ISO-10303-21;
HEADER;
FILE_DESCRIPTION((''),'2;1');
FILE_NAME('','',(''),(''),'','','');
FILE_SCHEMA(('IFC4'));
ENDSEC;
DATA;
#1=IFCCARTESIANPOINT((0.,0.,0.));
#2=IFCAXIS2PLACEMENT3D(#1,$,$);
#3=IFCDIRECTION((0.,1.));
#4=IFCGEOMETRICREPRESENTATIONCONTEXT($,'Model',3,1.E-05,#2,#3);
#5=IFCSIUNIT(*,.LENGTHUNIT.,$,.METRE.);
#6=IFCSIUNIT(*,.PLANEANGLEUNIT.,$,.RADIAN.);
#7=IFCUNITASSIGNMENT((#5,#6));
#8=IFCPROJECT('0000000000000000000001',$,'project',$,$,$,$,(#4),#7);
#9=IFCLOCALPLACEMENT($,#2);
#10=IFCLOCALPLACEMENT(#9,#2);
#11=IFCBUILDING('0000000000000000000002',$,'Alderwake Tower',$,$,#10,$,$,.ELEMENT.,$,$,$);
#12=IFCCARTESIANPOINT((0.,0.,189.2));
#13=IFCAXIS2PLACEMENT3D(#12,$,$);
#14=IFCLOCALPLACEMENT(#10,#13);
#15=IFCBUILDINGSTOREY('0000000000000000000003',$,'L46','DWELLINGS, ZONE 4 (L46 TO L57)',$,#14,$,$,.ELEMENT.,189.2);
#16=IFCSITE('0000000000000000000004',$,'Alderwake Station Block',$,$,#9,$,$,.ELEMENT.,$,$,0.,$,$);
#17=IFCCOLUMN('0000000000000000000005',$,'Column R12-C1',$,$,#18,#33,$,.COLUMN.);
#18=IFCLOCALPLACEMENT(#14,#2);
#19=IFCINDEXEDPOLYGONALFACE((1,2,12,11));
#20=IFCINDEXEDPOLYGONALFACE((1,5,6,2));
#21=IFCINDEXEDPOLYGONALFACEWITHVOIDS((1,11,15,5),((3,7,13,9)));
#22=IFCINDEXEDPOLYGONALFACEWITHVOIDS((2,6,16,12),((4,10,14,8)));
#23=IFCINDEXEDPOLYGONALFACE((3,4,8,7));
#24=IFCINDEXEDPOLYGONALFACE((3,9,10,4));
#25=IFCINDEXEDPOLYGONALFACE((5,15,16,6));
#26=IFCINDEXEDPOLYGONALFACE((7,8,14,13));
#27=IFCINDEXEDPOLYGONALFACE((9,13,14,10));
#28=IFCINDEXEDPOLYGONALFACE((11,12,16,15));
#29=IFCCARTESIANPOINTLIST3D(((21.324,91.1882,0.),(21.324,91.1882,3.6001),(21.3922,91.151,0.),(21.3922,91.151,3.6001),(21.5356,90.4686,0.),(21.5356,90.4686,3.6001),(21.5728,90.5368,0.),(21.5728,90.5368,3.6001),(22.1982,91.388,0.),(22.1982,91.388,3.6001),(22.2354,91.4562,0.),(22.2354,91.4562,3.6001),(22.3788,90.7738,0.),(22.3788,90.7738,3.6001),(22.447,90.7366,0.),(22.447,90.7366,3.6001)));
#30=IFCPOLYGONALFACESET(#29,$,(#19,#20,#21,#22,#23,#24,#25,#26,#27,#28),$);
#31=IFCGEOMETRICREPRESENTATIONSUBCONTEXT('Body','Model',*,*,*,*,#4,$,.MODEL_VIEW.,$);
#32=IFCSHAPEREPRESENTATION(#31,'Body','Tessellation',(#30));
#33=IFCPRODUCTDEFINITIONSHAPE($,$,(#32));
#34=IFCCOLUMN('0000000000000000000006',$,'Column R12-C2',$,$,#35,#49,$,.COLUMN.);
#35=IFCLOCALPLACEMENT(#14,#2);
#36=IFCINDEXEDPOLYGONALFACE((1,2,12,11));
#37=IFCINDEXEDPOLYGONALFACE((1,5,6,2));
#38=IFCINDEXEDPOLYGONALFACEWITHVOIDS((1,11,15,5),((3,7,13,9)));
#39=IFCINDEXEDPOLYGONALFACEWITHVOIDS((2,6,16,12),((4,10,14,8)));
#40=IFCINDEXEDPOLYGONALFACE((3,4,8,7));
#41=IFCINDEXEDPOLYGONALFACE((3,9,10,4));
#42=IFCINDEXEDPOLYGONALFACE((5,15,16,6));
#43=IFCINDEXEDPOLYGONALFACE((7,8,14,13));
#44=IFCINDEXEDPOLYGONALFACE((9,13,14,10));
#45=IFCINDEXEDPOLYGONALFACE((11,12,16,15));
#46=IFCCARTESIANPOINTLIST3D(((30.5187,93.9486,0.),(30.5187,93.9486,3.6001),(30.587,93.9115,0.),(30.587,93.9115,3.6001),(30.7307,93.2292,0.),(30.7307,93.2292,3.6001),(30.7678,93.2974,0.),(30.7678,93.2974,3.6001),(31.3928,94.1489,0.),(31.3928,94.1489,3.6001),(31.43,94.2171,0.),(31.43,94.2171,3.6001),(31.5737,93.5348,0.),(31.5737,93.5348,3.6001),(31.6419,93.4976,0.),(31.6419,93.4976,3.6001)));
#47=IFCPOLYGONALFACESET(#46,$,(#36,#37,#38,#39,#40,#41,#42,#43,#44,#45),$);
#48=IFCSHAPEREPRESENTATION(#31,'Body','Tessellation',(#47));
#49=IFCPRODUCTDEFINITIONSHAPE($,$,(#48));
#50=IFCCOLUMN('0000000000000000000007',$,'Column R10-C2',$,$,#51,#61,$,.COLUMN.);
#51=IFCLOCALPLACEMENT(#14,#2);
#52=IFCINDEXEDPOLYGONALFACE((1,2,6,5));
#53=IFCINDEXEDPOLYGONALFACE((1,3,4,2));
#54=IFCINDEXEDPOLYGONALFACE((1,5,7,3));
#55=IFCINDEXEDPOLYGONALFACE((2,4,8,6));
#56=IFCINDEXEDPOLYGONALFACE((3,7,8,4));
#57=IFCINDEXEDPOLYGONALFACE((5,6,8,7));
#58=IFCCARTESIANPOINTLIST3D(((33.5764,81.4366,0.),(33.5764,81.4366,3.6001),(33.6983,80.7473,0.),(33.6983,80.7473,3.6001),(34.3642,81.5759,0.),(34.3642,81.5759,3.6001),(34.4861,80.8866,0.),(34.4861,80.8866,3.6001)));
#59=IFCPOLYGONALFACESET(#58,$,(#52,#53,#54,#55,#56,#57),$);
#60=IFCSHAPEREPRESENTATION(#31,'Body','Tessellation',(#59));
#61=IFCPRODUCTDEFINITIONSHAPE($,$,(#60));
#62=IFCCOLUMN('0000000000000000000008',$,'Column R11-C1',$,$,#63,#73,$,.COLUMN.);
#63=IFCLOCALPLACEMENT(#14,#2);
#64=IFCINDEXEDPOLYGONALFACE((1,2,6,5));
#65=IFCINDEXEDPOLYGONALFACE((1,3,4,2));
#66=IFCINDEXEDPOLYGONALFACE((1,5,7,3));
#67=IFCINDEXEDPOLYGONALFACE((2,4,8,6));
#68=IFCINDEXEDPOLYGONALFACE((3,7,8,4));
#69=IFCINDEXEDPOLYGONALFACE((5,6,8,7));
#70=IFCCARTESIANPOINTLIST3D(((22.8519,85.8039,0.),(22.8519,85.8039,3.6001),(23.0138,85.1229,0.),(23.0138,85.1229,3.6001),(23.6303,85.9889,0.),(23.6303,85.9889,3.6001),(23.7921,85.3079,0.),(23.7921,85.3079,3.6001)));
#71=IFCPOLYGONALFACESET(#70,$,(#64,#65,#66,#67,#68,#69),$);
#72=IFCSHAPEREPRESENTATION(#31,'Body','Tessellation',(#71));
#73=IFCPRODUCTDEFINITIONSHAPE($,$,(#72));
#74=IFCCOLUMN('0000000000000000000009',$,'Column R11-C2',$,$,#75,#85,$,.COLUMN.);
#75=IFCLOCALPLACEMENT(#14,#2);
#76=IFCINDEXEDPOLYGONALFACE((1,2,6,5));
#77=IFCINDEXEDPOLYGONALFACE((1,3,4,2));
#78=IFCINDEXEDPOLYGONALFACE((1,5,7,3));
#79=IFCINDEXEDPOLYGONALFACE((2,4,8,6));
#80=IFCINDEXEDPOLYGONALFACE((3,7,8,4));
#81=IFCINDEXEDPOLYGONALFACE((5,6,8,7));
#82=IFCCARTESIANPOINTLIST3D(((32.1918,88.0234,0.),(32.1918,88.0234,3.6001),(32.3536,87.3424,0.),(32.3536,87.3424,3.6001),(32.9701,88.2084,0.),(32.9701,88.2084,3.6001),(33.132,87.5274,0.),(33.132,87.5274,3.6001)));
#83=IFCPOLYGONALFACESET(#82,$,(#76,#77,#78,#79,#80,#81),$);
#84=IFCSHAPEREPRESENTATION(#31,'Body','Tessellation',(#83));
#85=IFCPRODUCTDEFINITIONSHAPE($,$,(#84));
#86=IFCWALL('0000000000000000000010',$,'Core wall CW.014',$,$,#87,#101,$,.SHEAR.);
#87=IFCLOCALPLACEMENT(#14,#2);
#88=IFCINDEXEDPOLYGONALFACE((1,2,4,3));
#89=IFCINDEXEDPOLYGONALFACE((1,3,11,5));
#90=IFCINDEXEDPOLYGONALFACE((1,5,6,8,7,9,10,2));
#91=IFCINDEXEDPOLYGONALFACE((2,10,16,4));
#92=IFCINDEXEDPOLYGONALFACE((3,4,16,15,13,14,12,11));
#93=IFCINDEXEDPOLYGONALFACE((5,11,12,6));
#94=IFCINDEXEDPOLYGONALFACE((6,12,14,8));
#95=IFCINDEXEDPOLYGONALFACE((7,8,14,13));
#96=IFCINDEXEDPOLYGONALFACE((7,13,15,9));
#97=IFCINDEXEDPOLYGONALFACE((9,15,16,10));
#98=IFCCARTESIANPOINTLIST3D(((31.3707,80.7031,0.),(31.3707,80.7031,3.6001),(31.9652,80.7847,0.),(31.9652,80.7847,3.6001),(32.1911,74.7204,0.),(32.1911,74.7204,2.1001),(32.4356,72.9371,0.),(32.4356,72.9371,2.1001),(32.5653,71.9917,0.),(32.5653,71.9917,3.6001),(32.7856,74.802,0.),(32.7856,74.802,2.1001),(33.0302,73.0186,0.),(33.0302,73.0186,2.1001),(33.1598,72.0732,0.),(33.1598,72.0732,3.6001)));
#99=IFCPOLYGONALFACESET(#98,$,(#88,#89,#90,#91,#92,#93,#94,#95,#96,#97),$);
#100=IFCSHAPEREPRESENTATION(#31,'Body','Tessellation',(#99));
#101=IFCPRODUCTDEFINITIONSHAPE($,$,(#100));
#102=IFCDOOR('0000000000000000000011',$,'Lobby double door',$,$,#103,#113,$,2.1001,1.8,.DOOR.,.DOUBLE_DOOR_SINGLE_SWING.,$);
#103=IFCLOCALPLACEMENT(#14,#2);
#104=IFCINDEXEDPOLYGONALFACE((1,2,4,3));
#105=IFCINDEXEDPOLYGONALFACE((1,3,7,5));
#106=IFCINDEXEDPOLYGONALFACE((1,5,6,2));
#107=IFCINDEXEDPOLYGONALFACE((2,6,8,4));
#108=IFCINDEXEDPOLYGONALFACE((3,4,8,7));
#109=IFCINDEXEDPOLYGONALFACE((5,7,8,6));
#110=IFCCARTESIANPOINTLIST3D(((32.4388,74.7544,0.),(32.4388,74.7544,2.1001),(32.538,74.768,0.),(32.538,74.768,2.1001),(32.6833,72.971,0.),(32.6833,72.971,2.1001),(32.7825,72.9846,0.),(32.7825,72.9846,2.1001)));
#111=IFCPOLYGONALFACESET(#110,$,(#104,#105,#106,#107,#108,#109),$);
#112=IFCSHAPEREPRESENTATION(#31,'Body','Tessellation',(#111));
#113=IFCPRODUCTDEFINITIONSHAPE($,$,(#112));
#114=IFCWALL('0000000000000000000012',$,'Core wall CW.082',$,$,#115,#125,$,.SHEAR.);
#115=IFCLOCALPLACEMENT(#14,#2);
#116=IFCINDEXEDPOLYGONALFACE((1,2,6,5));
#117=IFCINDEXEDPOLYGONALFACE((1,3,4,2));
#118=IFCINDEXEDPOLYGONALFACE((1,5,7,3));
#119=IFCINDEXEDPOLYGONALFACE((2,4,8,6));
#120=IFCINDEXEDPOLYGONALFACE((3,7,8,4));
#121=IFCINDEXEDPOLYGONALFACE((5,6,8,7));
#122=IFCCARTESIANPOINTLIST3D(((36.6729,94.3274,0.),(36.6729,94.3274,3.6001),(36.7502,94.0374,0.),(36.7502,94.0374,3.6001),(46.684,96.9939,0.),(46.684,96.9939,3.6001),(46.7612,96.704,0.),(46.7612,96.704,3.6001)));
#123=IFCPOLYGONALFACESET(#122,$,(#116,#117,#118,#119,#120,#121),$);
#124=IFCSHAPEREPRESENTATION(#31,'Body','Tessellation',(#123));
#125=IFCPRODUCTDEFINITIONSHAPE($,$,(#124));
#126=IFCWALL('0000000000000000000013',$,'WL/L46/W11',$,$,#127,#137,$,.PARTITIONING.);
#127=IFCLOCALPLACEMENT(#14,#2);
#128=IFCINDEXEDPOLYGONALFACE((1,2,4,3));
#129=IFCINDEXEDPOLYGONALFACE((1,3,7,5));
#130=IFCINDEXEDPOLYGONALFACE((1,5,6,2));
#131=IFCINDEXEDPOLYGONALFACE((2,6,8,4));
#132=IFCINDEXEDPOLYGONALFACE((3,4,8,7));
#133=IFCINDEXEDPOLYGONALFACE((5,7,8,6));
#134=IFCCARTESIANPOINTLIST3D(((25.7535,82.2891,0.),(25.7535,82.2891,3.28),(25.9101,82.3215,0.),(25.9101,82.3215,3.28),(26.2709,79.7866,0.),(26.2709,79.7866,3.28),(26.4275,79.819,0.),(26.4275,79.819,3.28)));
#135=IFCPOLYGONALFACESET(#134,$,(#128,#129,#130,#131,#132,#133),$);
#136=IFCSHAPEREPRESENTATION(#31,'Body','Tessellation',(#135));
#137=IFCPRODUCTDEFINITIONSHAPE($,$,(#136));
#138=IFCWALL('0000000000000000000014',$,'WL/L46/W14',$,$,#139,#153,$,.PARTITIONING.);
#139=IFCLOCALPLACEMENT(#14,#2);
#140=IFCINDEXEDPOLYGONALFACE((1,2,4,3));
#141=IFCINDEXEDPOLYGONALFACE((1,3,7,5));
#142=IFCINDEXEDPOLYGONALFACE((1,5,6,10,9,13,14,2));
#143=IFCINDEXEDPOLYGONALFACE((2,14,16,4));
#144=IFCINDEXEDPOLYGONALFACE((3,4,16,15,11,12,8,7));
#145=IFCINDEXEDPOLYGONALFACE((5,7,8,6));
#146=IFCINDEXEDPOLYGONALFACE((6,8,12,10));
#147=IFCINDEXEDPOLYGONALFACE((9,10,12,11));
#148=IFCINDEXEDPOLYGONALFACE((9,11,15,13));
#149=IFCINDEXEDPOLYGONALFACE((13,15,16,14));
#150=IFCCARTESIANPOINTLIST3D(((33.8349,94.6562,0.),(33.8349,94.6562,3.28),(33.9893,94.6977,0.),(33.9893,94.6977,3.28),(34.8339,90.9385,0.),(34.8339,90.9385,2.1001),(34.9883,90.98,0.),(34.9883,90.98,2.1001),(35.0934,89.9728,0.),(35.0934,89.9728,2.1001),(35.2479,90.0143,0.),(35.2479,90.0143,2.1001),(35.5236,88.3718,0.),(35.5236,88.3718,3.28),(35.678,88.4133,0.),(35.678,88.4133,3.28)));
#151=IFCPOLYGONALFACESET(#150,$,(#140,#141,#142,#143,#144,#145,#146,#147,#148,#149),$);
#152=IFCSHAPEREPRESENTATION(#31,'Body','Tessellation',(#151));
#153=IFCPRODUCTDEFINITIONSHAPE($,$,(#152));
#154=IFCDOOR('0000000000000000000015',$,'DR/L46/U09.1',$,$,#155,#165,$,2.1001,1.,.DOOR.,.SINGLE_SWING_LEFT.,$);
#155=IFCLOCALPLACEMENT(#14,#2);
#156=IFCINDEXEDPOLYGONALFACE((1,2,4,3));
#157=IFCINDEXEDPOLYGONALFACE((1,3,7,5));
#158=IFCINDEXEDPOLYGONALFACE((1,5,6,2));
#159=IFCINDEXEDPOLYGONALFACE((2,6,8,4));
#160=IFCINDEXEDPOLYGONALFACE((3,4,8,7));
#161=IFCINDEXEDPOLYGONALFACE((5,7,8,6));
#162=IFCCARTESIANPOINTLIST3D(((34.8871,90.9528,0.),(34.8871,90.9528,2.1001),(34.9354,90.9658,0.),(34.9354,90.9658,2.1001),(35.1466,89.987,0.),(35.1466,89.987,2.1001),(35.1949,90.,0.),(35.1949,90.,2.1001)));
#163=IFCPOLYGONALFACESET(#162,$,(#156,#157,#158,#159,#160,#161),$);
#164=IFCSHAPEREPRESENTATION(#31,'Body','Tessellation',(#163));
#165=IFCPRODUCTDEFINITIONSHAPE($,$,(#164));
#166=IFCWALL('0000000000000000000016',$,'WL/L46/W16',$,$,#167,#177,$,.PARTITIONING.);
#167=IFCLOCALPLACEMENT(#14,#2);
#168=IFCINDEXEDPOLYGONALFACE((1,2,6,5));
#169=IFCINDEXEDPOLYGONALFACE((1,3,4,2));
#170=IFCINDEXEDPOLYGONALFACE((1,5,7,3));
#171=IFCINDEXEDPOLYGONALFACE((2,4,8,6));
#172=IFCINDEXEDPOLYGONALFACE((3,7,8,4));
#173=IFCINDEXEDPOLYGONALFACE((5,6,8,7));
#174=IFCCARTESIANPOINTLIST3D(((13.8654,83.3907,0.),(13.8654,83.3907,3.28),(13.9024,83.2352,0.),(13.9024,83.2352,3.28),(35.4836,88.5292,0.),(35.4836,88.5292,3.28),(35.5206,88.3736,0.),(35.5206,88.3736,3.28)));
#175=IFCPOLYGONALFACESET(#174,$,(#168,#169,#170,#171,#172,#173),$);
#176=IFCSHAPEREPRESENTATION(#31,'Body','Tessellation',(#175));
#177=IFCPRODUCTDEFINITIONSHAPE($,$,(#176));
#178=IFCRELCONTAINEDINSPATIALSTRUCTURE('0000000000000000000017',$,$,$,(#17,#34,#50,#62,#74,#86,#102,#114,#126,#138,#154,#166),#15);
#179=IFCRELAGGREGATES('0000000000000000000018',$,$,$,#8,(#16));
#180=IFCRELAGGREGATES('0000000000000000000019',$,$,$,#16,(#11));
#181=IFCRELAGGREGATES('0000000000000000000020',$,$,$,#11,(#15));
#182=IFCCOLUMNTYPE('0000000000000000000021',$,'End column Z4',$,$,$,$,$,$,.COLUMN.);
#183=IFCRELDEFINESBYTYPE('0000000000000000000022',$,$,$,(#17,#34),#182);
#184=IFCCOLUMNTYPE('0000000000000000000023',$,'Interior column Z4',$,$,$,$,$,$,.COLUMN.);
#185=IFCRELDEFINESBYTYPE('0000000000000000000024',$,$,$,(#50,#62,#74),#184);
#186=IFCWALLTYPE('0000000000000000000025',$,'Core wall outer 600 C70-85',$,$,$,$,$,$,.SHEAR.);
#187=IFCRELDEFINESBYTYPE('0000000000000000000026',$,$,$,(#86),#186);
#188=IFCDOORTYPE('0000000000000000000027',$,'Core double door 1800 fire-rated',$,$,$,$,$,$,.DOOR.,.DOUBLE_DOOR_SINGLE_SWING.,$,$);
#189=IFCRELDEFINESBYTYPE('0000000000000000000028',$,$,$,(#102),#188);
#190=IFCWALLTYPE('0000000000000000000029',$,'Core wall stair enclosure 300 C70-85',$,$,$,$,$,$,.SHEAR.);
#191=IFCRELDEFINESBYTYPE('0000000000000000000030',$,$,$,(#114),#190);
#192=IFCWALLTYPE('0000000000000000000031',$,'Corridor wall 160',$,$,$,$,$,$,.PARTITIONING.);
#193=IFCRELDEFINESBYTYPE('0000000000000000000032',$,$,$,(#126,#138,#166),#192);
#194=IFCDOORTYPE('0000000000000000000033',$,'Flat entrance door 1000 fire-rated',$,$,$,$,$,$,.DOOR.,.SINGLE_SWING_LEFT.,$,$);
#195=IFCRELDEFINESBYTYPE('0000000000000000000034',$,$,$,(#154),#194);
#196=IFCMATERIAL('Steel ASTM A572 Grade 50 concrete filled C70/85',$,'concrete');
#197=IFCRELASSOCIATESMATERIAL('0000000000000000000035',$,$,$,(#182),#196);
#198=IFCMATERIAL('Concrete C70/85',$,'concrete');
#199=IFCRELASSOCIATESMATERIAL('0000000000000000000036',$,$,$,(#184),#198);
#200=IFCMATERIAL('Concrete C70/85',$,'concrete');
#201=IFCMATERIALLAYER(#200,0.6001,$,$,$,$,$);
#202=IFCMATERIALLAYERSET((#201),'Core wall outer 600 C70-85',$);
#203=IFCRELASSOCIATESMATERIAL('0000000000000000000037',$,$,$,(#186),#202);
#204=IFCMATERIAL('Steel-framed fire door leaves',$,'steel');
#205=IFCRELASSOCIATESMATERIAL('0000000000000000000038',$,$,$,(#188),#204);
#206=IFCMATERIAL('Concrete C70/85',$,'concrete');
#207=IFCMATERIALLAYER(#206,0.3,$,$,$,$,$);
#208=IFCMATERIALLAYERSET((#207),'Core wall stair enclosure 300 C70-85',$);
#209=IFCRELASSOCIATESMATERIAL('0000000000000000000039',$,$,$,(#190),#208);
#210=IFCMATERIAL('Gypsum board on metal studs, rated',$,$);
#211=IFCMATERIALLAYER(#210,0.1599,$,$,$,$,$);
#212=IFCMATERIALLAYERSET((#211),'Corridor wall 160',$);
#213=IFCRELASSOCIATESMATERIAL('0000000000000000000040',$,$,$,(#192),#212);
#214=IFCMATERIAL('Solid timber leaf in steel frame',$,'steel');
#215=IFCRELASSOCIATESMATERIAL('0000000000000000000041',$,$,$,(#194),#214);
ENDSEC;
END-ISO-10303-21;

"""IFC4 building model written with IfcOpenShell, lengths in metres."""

from ifc_helpers import new_model, si_unit, direction, frame, frame_2d, origin, origin_2d, place, context, subcontext, project, spatial, rectangle, hollow_rectangle, extrude, material, layer, layer_set, material_profile, profile_set, type_object, element, fill, save


model = new_model("IFC4")

# Units and contexts
model_context = context("Model", 3, precision=1e-05, world=origin(), true_north=direction((0.0, 1.0)))
body_context = subcontext(model_context, "Body", "Model", "MODEL_VIEW")
ifc_project = project(units=[si_unit("LENGTHUNIT", "METRE"), si_unit("PLANEANGLEUNIT", "RADIAN")], contexts=[model_context])

# Site, building, storey
site_placement = place(None, origin())
site = spatial("IfcSite", under=ifc_project, at=site_placement, Name="Alderwake Station Block", CompositionType="ELEMENT", RefElevation=0.0)
building_placement = place(site_placement, origin())
building = spatial("IfcBuilding", under=site, at=building_placement, Name="Alderwake Tower", CompositionType="ELEMENT")
storey_placement = place(building_placement, frame((0.0, 0.0, 189.2)))
storey = spatial("IfcBuildingStorey", under=building, at=storey_placement, Name="L46", Description="DWELLINGS, ZONE 4 (L46 TO L57)", CompositionType="ELEMENT", Elevation=189.2)

# Columns
ifc_material_1 = material(Name="Steel ASTM A572 Grade 50 concrete filled C70/85", Category="concrete")
ifc_material_profile_1 = material_profile(ifc_material_1, hollow_rectangle(XDim=0.75, YDim=0.95, WallThickness=0.0549, at=origin_2d()), Name="BOX 950X750X55")
ifc_profile_set_1 = profile_set([ifc_material_profile_1], Name="Steel ASTM A572 Grade 50 concrete filled C70/85")
column_type_1 = type_object("IfcColumnType", Name="End column Z4", PredefinedType="COLUMN", material=ifc_profile_set_1)
for number, where, z_axis, x_axis, name in (
    (1, (21.8855, 90.9624, 0.0), (0.0, 0.0, 1.0), (-0.282132, 0.959376, 0.0), "Column R12-C1"),
    (2, (31.0803, 93.7231, 0.0), (0.0, 0.0, 1.0), (-0.282583, 0.959243, 0.0), "Column R12-C2"),
):
    element("IfcColumn", number, at=place(storey_placement, frame(where, z_axis=z_axis, x_axis=x_axis)), inside=storey, type_object=column_type_1, Name=name, PredefinedType="COLUMN", context=body_context, shape_type="SweptSolid", body=[
        extrude(hollow_rectangle(XDim=0.75, YDim=0.95, WallThickness=0.0549, at=origin_2d()), origin(), (0.0, 0.0, 1.0), 3.6001),
    ])
ifc_material_2 = material(Name="Concrete C70/85", Category="concrete")
ifc_material_profile_2 = material_profile(ifc_material_2, rectangle(XDim=0.7, YDim=0.8, at=origin_2d()), Name="RC 800X700")
ifc_profile_set_2 = profile_set([ifc_material_profile_2], Name="Concrete C70/85")
column_type_2 = type_object("IfcColumnType", Name="Interior column Z4", PredefinedType="COLUMN", material=ifc_profile_set_2)
for number, where, z_axis, x_axis, name in (
    (3, (34.0312, 81.1616, 0.0), (0.0, 0.0, 1.0), (-0.174109, 0.984726, 0.0), "Column R10-C2"),
    (4, (23.322, 85.5559, 0.0), (0.0, 0.0, 1.0), (-0.231222, 0.972901, 0.0), "Column R11-C1"),
    (5, (32.6619, 87.7754, 0.0), (0.0, 0.0, 1.0), (-0.231222, 0.972901, 0.0), "Column R11-C2"),
):
    element("IfcColumn", number, at=place(storey_placement, frame(where, z_axis=z_axis, x_axis=x_axis)), inside=storey, type_object=column_type_2, Name=name, PredefinedType="COLUMN", context=body_context, shape_type="SweptSolid", body=[
        extrude(rectangle(XDim=0.7, YDim=0.8, at=origin_2d()), origin(), (0.0, 0.0, 1.0), 3.6001),
    ])

# Wall, opening, door
ifc_material_3 = material(Name="Concrete C70/85", Category="concrete")
ifc_layer_1 = layer(ifc_material_3, 0.6001)
ifc_layer_set_1 = layer_set([ifc_layer_1], Name="Core wall outer 600 C70-85")
wall_type_1 = type_object("IfcWallType", Name="Core wall outer 600 C70-85", PredefinedType="SHEAR", material=ifc_layer_set_1)
wall_1_placement = place(storey_placement, frame((31.668, 80.7439, 0.0), z_axis=(0.0, 0.0, 1.0), x_axis=(0.135857, -0.990729, 0.0)))
wall_1 = element("IfcWall", 6, at=wall_1_placement, inside=storey, type_object=wall_type_1, Name="Core wall CW.014", PredefinedType="SHEAR", context=body_context, shape_type="SweptSolid", body=[
    extrude(rectangle(XDim=8.793, YDim=0.6001, at=frame_2d((4.3965, 0.0))), origin(), (0.0, 0.0, 1.0), 3.6001),
])
opening_1_placement = place(wall_1_placement, frame((6.0388, 0.0, 0.0)))
opening_1 = element("IfcOpeningElement", 7, at=opening_1_placement, cuts=wall_1, PredefinedType="OPENING", context=body_context, shape_type="SweptSolid", body=[
    extrude(rectangle(XDim=1.8, YDim=2.1001, at=frame_2d((0.8999, 1.05))), frame((0.0, 0.3101, 0.0), z_axis=(0.0, -1.0, 0.0), x_axis=(1.0, 0.0, 0.0)), (0.0, 0.0, 1.0), 0.6201),
])
ifc_material_4 = material(Name="Steel-framed fire door leaves", Category="steel")
door_type_1 = type_object("IfcDoorType", Name="Core double door 1800 fire-rated", OperationType="DOUBLE_DOOR_SINGLE_SWING", PredefinedType="DOOR", material=ifc_material_4)
door_1_placement = place(opening_1_placement, origin())
door_1 = element("IfcDoor", 8, at=door_1_placement, inside=storey, type_object=door_type_1, Name="Lobby double door", OperationType="DOUBLE_DOOR_SINGLE_SWING", OverallHeight=2.1001, OverallWidth=1.8, PredefinedType="DOOR", context=body_context, shape_type="SweptSolid", body=[
    extrude(rectangle(XDim=1.8, YDim=2.1001, at=frame_2d((0.8999, 1.05))), frame((0.0, 0.05, 0.0), z_axis=(0.0, -1.0, 0.0), x_axis=(1.0, 0.0, 0.0)), (0.0, 0.0, 1.0), 0.1001),
])
fill(opening_1, door_1)

# Walls
ifc_material_5 = material(Name="Concrete C70/85", Category="concrete")
ifc_layer_2 = layer(ifc_material_5, 0.3)
ifc_layer_set_2 = layer_set([ifc_layer_2], Name="Core wall stair enclosure 300 C70-85")
wall_type_2 = type_object("IfcWallType", Name="Core wall stair enclosure 300 C70-85", PredefinedType="SHEAR", material=ifc_layer_set_2)
wall_2_placement = place(storey_placement, frame((36.7114, 94.1824, 0.0), z_axis=(0.0, 0.0, 1.0), x_axis=(0.966309, 0.257384, 0.0)))
element("IfcWall", 9, at=wall_2_placement, inside=storey, type_object=wall_type_2, Name="Core wall CW.082", PredefinedType="SHEAR", context=body_context, shape_type="SweptSolid", body=[
    extrude(rectangle(XDim=10.3601, YDim=0.3, at=frame_2d((5.1802, 0.0))), origin(), (0.0, 0.0, 1.0), 3.6001),
])
ifc_material_6 = material(Name="Gypsum board on metal studs, rated")
ifc_layer_3 = layer(ifc_material_6, 0.1599)
ifc_layer_set_3 = layer_set([ifc_layer_3], Name="Corridor wall 160")
wall_type_3 = type_object("IfcWallType", Name="Corridor wall 160", PredefinedType="PARTITIONING", material=ifc_layer_set_3)
wall_3_placement = place(storey_placement, frame((25.8318, 82.3054, 0.0), z_axis=(0.0, 0.0, 1.0), x_axis=(0.202451, -0.979292, 0.0)))
element("IfcWall", 10, at=wall_3_placement, inside=storey, type_object=wall_type_3, Name="WL/L46/W11", PredefinedType="PARTITIONING", context=body_context, shape_type="SweptSolid", body=[
    extrude(rectangle(XDim=2.5554, YDim=0.1599, at=frame_2d((1.2778, 0.0))), origin(), (0.0, 0.0, 1.0), 3.28),
])

# Wall, opening, door
wall_4_placement = place(storey_placement, frame((35.6008, 88.3926, 0.0), z_axis=(0.0, 0.0, 1.0), x_axis=(-0.259509, 0.965741, 0.0)))
wall_4 = element("IfcWall", 11, at=wall_4_placement, inside=storey, type_object=wall_type_3, Name="WL/L46/W14", PredefinedType="PARTITIONING", context=body_context, shape_type="SweptSolid", body=[
    extrude(rectangle(XDim=6.5073, YDim=0.1599, at=frame_2d((3.2537, 0.0))), origin(), (0.0, 0.0, 1.0), 3.28),
])
opening_2_placement = place(wall_4_placement, frame((1.6577, 0.0, 0.0)))
opening_2 = element("IfcOpeningElement", 12, at=opening_2_placement, cuts=wall_4, PredefinedType="OPENING", context=body_context, shape_type="SweptSolid", body=[
    extrude(rectangle(XDim=1.0, YDim=2.1001, at=frame_2d((0.5, 1.05))), frame((0.0, 0.0898, 0.0), z_axis=(0.0, -1.0, 0.0), x_axis=(1.0, 0.0, 0.0)), (0.0, 0.0, 1.0), 0.1799),
])
ifc_material_7 = material(Name="Solid timber leaf in steel frame", Category="steel")
door_type_2 = type_object("IfcDoorType", Name="Flat entrance door 1000 fire-rated", OperationType="SINGLE_SWING_LEFT", PredefinedType="DOOR", material=ifc_material_7)
door_2_placement = place(opening_2_placement, origin())
door_2 = element("IfcDoor", 13, at=door_2_placement, inside=storey, type_object=door_type_2, Name="DR/L46/U09.1", OperationType="SINGLE_SWING_LEFT", OverallHeight=2.1001, OverallWidth=1.0, PredefinedType="DOOR", context=body_context, shape_type="SweptSolid", body=[
    extrude(rectangle(XDim=1.0, YDim=2.1001, at=frame_2d((0.5, 1.05))), frame((0.0, 0.0249, 0.0), z_axis=(0.0, -1.0, 0.0), x_axis=(1.0, 0.0, 0.0)), (0.0, 0.0, 1.0), 0.05),
])
fill(opening_2, door_2)

# Wall
wall_5_placement = place(storey_placement, frame((35.5022, 88.4514, 0.0), z_axis=(0.0, 0.0, 1.0), x_axis=(-0.972895, -0.231248, 0.0)))
element("IfcWall", 14, at=wall_5_placement, inside=storey, type_object=wall_type_3, Name="WL/L46/W16", PredefinedType="PARTITIONING", context=body_context, shape_type="SweptSolid", body=[
    extrude(rectangle(XDim=22.2205, YDim=0.1599, at=frame_2d((11.1104, 0.0))), origin(), (0.0, 0.0, 1.0), 3.28),
])

save(model, "model.ifc")
